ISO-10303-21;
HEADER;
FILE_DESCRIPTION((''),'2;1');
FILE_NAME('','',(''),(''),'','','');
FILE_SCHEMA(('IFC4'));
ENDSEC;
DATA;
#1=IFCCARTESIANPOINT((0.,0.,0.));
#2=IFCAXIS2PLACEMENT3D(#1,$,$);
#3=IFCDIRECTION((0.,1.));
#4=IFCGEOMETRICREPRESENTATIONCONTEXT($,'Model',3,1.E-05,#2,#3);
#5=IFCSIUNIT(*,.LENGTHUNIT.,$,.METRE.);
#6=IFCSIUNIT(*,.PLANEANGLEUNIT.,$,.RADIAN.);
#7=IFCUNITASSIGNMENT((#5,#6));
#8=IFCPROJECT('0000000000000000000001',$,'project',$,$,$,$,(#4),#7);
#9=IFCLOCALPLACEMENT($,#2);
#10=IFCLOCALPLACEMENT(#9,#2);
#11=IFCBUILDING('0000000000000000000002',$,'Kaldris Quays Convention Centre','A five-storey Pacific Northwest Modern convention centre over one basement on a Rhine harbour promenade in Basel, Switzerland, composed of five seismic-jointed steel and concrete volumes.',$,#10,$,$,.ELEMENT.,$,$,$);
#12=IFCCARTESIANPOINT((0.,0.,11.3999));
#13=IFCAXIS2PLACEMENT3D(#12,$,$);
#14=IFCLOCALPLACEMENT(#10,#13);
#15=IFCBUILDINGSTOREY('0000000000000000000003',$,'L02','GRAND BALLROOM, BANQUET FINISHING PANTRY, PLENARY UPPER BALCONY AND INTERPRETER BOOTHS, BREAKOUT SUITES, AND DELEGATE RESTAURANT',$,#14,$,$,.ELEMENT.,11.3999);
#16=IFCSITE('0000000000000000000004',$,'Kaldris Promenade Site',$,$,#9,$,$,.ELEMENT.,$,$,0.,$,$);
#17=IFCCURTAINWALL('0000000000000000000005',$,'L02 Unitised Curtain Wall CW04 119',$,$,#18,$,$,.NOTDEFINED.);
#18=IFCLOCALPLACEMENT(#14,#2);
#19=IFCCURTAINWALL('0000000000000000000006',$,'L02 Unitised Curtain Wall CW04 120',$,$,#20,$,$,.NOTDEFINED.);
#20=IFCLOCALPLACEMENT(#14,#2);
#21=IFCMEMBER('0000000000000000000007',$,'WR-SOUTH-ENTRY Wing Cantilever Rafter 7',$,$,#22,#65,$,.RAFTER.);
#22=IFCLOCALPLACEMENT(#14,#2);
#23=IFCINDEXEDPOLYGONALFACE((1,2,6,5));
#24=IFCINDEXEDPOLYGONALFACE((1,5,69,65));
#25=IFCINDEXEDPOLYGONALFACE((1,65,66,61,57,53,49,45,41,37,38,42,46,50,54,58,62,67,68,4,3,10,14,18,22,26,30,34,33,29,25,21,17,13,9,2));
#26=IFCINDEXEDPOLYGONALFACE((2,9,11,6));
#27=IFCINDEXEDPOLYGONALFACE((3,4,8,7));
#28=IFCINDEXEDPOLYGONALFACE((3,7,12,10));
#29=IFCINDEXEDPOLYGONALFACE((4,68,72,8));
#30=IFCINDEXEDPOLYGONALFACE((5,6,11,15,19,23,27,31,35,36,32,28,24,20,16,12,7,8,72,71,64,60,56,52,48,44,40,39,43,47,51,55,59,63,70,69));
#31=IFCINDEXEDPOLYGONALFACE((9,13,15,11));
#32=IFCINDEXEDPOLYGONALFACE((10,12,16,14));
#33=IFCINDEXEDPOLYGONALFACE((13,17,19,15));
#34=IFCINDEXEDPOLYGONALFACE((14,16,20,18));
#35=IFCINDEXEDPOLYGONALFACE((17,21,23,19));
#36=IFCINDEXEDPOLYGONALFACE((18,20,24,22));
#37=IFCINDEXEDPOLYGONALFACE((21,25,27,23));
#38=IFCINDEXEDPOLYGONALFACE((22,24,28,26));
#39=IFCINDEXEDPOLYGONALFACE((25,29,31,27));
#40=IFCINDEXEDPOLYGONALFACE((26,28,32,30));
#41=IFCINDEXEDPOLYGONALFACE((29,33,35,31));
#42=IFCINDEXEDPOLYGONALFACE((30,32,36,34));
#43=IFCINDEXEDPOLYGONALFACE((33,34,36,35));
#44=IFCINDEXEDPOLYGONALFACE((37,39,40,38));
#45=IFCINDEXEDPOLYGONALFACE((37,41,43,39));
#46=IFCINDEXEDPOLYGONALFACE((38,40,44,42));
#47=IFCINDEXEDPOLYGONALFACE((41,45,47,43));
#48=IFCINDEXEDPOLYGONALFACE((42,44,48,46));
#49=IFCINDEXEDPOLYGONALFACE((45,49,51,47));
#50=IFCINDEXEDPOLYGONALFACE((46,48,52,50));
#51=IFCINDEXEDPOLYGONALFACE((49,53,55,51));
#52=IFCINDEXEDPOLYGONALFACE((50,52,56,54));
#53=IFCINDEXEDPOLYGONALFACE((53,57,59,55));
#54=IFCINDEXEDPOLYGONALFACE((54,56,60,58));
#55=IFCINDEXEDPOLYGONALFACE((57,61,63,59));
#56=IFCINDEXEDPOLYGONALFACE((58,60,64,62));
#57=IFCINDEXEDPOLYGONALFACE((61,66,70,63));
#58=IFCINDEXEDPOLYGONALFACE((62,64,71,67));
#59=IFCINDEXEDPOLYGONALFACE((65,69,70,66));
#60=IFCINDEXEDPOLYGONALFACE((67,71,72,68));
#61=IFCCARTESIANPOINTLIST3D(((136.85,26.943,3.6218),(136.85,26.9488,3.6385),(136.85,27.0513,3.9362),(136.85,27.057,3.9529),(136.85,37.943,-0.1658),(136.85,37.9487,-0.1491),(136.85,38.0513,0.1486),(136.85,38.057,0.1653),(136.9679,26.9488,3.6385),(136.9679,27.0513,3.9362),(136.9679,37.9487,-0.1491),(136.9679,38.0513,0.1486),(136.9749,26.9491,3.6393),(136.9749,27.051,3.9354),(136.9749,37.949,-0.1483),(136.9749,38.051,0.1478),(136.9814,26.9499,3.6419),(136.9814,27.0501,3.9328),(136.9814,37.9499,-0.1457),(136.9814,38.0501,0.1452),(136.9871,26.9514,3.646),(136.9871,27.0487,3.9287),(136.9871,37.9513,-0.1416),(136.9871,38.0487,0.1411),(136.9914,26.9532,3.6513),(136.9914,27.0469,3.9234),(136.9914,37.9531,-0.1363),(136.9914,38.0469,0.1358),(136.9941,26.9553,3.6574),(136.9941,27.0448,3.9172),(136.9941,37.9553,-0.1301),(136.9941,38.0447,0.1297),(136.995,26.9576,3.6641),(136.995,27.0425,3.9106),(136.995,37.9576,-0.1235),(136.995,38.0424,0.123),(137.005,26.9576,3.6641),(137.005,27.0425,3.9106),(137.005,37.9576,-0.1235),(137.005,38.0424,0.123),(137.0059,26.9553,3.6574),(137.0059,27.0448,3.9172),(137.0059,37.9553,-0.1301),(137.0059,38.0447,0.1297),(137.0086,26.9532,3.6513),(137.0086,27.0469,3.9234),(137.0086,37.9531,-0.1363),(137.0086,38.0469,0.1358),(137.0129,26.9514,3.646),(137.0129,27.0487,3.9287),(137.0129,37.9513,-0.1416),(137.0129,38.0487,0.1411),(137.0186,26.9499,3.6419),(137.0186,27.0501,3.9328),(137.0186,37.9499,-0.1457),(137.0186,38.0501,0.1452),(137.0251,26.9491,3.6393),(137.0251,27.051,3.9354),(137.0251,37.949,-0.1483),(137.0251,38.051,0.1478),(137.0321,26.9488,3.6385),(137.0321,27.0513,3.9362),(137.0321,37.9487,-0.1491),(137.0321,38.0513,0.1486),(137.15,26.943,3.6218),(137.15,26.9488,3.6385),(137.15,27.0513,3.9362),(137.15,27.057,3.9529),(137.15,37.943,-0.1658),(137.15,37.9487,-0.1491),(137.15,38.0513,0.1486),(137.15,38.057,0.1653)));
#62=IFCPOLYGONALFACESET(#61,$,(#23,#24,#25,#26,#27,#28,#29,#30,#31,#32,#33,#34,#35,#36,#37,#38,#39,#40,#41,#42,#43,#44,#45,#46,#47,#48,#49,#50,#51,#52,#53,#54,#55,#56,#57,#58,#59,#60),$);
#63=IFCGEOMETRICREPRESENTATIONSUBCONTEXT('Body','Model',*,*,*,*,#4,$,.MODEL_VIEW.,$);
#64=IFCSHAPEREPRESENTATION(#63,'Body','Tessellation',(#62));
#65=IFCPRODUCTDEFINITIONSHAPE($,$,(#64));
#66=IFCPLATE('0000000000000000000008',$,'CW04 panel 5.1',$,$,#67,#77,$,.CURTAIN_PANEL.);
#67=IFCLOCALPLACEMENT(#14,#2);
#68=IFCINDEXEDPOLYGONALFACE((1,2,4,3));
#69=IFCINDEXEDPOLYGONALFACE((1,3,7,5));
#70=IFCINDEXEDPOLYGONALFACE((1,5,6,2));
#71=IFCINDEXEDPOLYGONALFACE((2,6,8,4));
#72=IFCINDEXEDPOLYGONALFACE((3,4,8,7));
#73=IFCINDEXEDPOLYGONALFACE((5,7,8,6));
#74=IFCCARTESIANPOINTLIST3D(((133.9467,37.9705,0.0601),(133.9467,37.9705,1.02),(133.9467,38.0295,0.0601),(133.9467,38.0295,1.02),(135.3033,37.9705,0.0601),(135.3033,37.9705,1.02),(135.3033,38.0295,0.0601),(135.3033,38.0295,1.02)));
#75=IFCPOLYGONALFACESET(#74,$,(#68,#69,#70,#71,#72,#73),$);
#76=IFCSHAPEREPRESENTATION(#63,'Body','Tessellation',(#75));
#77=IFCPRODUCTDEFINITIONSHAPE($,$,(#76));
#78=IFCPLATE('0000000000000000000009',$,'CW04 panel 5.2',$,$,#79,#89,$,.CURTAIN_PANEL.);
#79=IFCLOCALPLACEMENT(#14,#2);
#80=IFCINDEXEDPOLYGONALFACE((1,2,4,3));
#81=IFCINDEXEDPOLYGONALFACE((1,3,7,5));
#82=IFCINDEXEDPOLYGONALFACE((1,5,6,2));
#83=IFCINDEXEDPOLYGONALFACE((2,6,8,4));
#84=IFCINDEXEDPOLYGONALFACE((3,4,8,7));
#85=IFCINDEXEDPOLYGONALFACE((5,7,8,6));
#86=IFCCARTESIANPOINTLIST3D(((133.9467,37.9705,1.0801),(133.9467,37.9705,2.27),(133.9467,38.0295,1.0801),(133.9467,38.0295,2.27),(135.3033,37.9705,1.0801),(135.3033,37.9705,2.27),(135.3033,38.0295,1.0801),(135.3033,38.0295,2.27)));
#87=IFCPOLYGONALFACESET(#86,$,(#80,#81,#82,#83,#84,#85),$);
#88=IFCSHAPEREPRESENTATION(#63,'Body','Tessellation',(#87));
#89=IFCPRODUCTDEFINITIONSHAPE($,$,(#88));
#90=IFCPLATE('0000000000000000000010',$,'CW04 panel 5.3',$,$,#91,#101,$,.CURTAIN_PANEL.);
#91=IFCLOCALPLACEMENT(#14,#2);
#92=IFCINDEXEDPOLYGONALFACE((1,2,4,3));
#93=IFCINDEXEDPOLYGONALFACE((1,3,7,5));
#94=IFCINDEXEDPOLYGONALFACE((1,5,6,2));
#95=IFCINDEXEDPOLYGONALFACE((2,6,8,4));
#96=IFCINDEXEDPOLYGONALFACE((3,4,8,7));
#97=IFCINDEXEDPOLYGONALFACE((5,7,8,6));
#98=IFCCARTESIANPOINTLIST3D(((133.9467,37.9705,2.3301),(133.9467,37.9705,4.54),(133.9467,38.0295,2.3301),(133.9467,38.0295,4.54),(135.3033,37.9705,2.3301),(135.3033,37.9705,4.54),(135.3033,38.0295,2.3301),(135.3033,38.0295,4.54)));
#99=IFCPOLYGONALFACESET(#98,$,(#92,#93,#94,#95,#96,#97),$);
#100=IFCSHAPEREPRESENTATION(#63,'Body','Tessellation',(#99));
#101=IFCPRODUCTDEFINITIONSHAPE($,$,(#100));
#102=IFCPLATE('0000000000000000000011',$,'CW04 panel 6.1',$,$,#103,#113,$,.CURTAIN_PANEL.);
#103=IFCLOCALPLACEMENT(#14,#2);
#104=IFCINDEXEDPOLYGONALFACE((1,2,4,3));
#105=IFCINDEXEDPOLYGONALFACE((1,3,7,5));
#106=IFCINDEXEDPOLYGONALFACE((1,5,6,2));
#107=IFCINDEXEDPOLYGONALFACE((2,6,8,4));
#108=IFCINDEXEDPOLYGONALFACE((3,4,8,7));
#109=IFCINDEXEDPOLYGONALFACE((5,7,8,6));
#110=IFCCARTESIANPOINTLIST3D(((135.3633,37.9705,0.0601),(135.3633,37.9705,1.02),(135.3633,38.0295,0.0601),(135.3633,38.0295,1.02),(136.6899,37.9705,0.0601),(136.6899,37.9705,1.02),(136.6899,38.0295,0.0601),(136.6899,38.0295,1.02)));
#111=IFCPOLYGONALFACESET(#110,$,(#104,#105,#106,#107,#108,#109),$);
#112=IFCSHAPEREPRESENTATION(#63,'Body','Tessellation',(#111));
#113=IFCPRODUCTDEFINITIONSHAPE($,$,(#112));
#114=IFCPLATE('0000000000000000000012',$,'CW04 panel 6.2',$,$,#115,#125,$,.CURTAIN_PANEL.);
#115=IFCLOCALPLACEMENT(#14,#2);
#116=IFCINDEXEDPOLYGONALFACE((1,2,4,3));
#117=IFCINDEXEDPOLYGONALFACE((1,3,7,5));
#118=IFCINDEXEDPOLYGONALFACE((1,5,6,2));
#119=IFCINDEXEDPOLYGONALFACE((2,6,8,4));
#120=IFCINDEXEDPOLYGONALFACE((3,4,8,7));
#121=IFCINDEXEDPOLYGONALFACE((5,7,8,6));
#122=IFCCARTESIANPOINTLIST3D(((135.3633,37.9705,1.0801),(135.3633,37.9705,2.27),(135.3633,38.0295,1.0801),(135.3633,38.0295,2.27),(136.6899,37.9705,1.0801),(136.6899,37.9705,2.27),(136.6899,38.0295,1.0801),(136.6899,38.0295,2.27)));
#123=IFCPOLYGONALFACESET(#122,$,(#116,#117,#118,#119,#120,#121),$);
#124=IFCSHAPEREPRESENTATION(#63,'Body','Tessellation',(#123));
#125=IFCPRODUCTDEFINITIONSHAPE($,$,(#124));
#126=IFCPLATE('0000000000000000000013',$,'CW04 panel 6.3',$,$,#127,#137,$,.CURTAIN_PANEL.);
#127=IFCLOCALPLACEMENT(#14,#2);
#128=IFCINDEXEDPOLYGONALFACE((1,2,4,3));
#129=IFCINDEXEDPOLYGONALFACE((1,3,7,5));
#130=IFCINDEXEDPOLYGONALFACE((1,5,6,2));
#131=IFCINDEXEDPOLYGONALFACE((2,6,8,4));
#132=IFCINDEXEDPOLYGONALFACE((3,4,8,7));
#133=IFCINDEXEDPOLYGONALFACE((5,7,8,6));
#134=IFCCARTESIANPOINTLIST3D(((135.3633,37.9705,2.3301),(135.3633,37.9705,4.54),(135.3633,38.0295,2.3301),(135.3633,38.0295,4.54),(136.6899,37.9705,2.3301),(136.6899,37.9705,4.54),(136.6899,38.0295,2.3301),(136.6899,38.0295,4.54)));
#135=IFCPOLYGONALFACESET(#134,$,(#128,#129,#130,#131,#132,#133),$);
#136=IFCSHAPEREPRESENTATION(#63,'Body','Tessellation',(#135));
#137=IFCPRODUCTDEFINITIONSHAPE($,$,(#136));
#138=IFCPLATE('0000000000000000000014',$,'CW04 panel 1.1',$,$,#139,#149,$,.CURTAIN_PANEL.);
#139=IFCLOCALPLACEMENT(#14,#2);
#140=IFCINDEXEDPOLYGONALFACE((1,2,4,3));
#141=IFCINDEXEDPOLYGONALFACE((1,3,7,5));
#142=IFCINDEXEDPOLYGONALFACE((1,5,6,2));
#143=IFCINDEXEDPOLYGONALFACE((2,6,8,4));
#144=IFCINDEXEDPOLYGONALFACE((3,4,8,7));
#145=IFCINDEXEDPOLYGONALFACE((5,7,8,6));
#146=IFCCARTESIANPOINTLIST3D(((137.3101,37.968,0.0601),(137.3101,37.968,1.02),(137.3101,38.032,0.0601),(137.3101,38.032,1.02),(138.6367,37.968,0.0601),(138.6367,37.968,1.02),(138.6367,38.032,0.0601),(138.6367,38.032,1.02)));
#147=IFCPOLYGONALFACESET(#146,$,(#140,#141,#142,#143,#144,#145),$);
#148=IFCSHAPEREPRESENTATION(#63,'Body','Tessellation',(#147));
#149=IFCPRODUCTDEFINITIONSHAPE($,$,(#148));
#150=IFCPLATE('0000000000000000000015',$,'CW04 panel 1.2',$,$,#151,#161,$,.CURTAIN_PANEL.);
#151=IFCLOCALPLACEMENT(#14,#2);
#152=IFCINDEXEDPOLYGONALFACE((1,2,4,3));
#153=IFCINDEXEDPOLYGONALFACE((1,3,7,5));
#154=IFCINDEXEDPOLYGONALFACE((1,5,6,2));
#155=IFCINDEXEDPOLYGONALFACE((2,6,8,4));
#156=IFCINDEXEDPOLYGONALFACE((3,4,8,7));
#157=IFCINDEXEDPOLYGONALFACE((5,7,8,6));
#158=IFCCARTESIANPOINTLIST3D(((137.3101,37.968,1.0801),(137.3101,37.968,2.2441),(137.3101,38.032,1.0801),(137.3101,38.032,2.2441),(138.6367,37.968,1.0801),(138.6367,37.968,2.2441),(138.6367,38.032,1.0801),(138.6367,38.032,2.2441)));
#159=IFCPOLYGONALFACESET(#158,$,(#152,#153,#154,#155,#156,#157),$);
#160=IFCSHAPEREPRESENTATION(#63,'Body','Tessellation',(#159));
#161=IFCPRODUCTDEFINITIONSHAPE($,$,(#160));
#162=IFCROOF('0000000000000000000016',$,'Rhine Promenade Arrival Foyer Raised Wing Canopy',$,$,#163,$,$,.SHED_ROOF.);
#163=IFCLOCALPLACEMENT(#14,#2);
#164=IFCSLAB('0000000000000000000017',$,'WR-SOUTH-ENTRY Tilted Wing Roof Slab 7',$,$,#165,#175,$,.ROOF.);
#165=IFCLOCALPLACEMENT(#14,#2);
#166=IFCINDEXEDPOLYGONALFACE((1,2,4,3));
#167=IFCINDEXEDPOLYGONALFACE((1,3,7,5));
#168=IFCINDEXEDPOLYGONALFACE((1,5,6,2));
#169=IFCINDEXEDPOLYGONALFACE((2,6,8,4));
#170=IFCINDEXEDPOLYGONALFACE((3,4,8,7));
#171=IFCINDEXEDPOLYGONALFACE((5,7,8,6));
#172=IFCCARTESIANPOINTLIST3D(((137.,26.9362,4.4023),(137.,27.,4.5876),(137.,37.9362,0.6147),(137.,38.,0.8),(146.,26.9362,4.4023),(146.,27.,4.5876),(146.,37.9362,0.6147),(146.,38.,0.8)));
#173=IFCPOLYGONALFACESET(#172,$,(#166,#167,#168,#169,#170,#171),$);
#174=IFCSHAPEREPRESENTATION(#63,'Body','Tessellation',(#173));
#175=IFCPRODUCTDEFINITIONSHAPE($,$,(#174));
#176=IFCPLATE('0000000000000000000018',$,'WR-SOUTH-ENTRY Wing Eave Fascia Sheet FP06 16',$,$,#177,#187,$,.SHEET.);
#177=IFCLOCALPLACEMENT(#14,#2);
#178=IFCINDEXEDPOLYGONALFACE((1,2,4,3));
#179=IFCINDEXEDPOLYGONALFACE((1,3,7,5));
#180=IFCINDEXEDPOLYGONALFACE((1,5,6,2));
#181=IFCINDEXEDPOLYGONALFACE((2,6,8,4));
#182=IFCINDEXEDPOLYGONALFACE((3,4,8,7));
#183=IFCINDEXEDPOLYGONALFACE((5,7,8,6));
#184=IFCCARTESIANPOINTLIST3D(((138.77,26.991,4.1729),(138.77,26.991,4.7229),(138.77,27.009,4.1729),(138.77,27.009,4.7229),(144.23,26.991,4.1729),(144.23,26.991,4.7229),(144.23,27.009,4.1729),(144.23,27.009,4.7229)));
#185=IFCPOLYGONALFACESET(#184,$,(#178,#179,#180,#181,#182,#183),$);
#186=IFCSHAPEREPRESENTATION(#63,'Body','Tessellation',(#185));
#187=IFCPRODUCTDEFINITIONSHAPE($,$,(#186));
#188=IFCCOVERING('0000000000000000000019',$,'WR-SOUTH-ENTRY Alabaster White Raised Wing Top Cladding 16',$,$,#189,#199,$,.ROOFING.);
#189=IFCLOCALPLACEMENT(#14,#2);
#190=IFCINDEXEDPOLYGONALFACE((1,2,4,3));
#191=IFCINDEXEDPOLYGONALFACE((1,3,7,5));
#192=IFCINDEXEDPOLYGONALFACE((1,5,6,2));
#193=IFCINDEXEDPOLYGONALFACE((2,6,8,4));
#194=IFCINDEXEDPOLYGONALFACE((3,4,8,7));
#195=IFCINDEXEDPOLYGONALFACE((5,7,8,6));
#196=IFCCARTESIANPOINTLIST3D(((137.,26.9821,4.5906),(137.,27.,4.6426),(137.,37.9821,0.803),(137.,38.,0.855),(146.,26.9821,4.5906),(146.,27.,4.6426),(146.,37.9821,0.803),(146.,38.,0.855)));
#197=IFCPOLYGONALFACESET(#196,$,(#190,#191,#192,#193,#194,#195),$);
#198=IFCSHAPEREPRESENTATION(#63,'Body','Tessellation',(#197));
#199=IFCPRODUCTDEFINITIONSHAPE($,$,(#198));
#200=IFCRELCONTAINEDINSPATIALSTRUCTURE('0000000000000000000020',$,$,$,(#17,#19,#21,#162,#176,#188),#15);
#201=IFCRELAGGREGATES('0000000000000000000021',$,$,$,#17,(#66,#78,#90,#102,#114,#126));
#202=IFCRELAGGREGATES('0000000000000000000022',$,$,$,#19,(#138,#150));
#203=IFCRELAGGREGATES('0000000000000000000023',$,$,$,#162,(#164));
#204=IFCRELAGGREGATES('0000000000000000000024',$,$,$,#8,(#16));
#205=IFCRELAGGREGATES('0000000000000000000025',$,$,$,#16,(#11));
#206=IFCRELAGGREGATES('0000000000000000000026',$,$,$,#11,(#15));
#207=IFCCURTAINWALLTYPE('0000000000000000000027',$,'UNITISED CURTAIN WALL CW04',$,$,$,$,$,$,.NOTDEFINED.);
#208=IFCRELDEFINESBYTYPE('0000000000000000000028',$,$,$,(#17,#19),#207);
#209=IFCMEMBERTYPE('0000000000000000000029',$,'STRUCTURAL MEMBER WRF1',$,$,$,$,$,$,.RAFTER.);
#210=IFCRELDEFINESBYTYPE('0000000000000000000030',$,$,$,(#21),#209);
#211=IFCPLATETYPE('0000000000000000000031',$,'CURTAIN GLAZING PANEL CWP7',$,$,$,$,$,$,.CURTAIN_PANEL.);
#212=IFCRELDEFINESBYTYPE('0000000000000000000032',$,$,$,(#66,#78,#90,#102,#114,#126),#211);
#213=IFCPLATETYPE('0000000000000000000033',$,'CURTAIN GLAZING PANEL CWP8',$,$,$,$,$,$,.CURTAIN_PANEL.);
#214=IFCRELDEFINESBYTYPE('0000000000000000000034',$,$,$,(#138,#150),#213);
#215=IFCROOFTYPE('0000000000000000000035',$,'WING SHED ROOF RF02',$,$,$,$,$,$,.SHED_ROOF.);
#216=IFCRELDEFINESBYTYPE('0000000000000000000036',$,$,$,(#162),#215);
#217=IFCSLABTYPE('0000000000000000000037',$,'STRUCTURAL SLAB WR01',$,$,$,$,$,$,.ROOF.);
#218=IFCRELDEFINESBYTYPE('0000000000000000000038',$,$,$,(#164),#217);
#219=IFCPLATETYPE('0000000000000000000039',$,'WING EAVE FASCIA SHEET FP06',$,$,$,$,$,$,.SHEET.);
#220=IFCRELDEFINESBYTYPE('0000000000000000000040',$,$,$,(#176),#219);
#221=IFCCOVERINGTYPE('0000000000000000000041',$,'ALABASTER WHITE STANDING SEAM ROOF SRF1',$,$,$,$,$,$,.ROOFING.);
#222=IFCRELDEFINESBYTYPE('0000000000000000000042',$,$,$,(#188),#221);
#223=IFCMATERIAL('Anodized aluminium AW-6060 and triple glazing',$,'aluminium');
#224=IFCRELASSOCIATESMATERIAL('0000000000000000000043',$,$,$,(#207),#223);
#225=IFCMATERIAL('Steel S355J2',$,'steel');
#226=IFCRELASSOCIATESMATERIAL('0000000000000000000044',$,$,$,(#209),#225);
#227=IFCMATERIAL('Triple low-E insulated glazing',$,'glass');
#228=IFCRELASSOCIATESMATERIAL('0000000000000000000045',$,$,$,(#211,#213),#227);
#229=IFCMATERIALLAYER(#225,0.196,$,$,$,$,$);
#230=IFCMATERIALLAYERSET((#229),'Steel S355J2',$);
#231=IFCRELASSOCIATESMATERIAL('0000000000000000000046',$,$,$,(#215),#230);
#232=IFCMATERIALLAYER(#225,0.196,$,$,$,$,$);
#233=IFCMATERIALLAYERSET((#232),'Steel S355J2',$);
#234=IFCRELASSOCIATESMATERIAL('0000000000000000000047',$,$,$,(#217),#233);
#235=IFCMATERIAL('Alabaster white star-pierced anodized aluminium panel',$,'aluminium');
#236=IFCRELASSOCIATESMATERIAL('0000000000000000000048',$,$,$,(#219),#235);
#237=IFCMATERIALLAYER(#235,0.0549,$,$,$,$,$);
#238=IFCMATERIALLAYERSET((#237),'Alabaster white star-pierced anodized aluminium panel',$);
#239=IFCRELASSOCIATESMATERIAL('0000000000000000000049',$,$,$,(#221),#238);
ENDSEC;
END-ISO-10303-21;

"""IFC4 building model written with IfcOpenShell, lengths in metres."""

from ifc_helpers import new_model, si_unit, direction, frame, origin, origin_2d, place, context, subcontext, project, spatial, polyline, rectangle, i_section, outline, extrude, material, layer, layer_set, material_profile, profile_set, type_object, element, aggregate, save


model = new_model("IFC4")

# Units and contexts
model_context = context("Model", 3, precision=1e-05, world=origin(), true_north=direction((0.0, 1.0)))
body_context = subcontext(model_context, "Body", "Model", "MODEL_VIEW")
ifc_project = project(units=[si_unit("LENGTHUNIT", "METRE"), si_unit("PLANEANGLEUNIT", "RADIAN")], contexts=[model_context])

# Site, building, storey
site_placement = place(None, origin())
site = spatial("IfcSite", under=ifc_project, at=site_placement, Name="Kaldris Promenade Site", CompositionType="ELEMENT", RefElevation=0.0)
building_placement = place(site_placement, origin())
building = spatial("IfcBuilding", under=site, at=building_placement, Name="Kaldris Quays Convention Centre", Description="A five-storey Pacific Northwest Modern convention centre over one basement on a Rhine harbour promenade in Basel, Switzerland, composed of five seismic-jointed steel and concrete volumes.", CompositionType="ELEMENT")
storey_placement = place(building_placement, frame((0.0, 0.0, 11.3999)))
storey = spatial("IfcBuildingStorey", under=building, at=storey_placement, Name="L02", Description="GRAND BALLROOM, BANQUET FINISHING PANTRY, PLENARY UPPER BALCONY AND INTERPRETER BOOTHS, BREAKOUT SUITES, AND DELEGATE RESTAURANT", CompositionType="ELEMENT", Elevation=11.3999)

# Shared definitions
ifc_material_1 = material(Name="Steel S355J2", Category="steel")

# Curtain wall
ifc_material_2 = material(Name="Anodized aluminium AW-6060 and triple glazing", Category="aluminium")
curtain_wall_type = type_object("IfcCurtainWallType", Name="UNITISED CURTAIN WALL CW04", PredefinedType="NOTDEFINED", material=ifc_material_2)
curtain_wall_1_placement = place(storey_placement, origin())
curtain_wall_1 = element("IfcCurtainWall", 1, at=curtain_wall_1_placement, inside=storey, type_object=curtain_wall_type, Name="L02 Unitised Curtain Wall CW04 119", PredefinedType="NOTDEFINED")

# Curtain wall
curtain_wall_2_placement = place(storey_placement, origin())
curtain_wall_2 = element("IfcCurtainWall", 2, at=curtain_wall_2_placement, inside=storey, type_object=curtain_wall_type, Name="L02 Unitised Curtain Wall CW04 120", PredefinedType="NOTDEFINED")

# Member
ifc_material_profile_1 = material_profile(ifc_material_1, i_section(OverallWidth=0.3, OverallDepth=0.3501, WebThickness=0.01, FlangeThickness=0.0176, FilletRadius=0.0271, at=origin_2d()), Name="HEA 360")
ifc_profile_set_1 = profile_set([ifc_material_profile_1], Name="Steel S355J2")
member_type_1 = type_object("IfcMemberType", Name="STRUCTURAL MEMBER WRF1", PredefinedType="RAFTER", material=ifc_profile_set_1)
member_1_placement = place(storey_placement, frame((137.0, 38.0, -0.0002), z_axis=(0.0, -0.945519, 0.325568), x_axis=(1.0, 0.0, 0.0)))
element("IfcMember", 3, at=member_1_placement, inside=storey, type_object=member_type_1, Name="WR-SOUTH-ENTRY Wing Cantilever Rafter 7", PredefinedType="RAFTER", context=body_context, shape_type="SweptSolid", body=[
    extrude(i_section(OverallWidth=0.3, OverallDepth=0.3501, WebThickness=0.01, FlangeThickness=0.0176, FilletRadius=0.0271, at=origin_2d()), origin(), (0.0, 0.0, 1.0), 11.6338),
])

# Plates
ifc_material_3 = material(Name="Triple low-E insulated glazing", Category="glass")
plate_type_1 = type_object("IfcPlateType", Name="CURTAIN GLAZING PANEL CWP7", PredefinedType="CURTAIN_PANEL", material=ifc_material_3)
plate_1_placement = place(storey_placement, frame((134.625, 38.0, 0.0601), z_axis=(0.0, 0.0, 1.0), x_axis=(1.0, 0.0, 0.0)))
plate_1 = element("IfcPlate", 4, at=plate_1_placement, type_object=plate_type_1, Name="CW04 panel 5.1", PredefinedType="CURTAIN_PANEL", context=body_context, shape_type="SweptSolid", body=[
    extrude(rectangle(XDim=1.3567, YDim=0.0591, at=origin_2d()), origin(), (0.0, 0.0, 1.0), 0.96),
])
plate_2_placement = place(storey_placement, frame((134.625, 38.0, 1.0801), z_axis=(0.0, 0.0, 1.0), x_axis=(1.0, 0.0, 0.0)))
plate_2 = element("IfcPlate", 5, at=plate_2_placement, type_object=plate_type_1, Name="CW04 panel 5.2", PredefinedType="CURTAIN_PANEL", context=body_context, shape_type="SweptSolid", body=[
    extrude(rectangle(XDim=1.3567, YDim=0.0591, at=origin_2d()), origin(), (0.0, 0.0, 1.0), 1.1899),
])
plate_3_placement = place(storey_placement, frame((134.625, 38.0, 2.3301), z_axis=(0.0, 0.0, 1.0), x_axis=(1.0, 0.0, 0.0)))
plate_3 = element("IfcPlate", 6, at=plate_3_placement, type_object=plate_type_1, Name="CW04 panel 5.3", PredefinedType="CURTAIN_PANEL", context=body_context, shape_type="SweptSolid", body=[
    extrude(rectangle(XDim=1.3567, YDim=0.0591, at=origin_2d()), origin(), (0.0, 0.0, 1.0), 2.21),
])
plate_4_placement = place(storey_placement, frame((136.0266, 38.0, 0.0601), z_axis=(0.0, 0.0, 1.0), x_axis=(1.0, 0.0, 0.0)))
plate_4 = element("IfcPlate", 7, at=plate_4_placement, type_object=plate_type_1, Name="CW04 panel 6.1", PredefinedType="CURTAIN_PANEL", context=body_context, shape_type="SweptSolid", body=[
    extrude(rectangle(XDim=1.3267, YDim=0.0591, at=origin_2d()), origin(), (0.0, 0.0, 1.0), 0.96),
])
plate_5_placement = place(storey_placement, frame((136.0266, 38.0, 1.0801), z_axis=(0.0, 0.0, 1.0), x_axis=(1.0, 0.0, 0.0)))
plate_5 = element("IfcPlate", 8, at=plate_5_placement, type_object=plate_type_1, Name="CW04 panel 6.2", PredefinedType="CURTAIN_PANEL", context=body_context, shape_type="SweptSolid", body=[
    extrude(rectangle(XDim=1.3267, YDim=0.0591, at=origin_2d()), origin(), (0.0, 0.0, 1.0), 1.1899),
])
plate_6_placement = place(storey_placement, frame((136.0266, 38.0, 2.3301), z_axis=(0.0, 0.0, 1.0), x_axis=(1.0, 0.0, 0.0)))
plate_6 = element("IfcPlate", 9, at=plate_6_placement, type_object=plate_type_1, Name="CW04 panel 6.3", PredefinedType="CURTAIN_PANEL", context=body_context, shape_type="SweptSolid", body=[
    extrude(rectangle(XDim=1.3267, YDim=0.0591, at=origin_2d()), origin(), (0.0, 0.0, 1.0), 2.21),
])
aggregate(curtain_wall_1, [plate_1, plate_2, plate_3, plate_4, plate_5, plate_6])
plate_type_2 = type_object("IfcPlateType", Name="CURTAIN GLAZING PANEL CWP8", PredefinedType="CURTAIN_PANEL", material=ifc_material_3)
plate_7_placement = place(storey_placement, frame((137.9734, 38.0, 0.0601), z_axis=(0.0, 0.0, 1.0), x_axis=(1.0, 0.0, 0.0)))
plate_7 = element("IfcPlate", 10, at=plate_7_placement, type_object=plate_type_2, Name="CW04 panel 1.1", PredefinedType="CURTAIN_PANEL", context=body_context, shape_type="SweptSolid", body=[
    extrude(rectangle(XDim=1.3267, YDim=0.064, at=origin_2d()), origin(), (0.0, 0.0, 1.0), 0.96),
])
plate_8_placement = place(storey_placement, frame((137.9734, 38.0, 1.0801), z_axis=(0.0, 0.0, 1.0), x_axis=(1.0, 0.0, 0.0)))
plate_8 = element("IfcPlate", 11, at=plate_8_placement, type_object=plate_type_2, Name="CW04 panel 1.2", PredefinedType="CURTAIN_PANEL", context=body_context, shape_type="SweptSolid", body=[
    extrude(rectangle(XDim=1.3267, YDim=0.064, at=origin_2d()), origin(), (0.0, 0.0, 1.0), 1.1641),
])
aggregate(curtain_wall_2, [plate_7, plate_8])

# Roof, slab
ifc_layer_1 = layer(ifc_material_1, 0.196)
ifc_layer_set_1 = layer_set([ifc_layer_1], Name="Steel S355J2")
roof_type = type_object("IfcRoofType", Name="WING SHED ROOF RF02", PredefinedType="SHED_ROOF", material=ifc_layer_set_1)
roof_placement = place(storey_placement, origin())
roof = element("IfcRoof", 12, at=roof_placement, inside=storey, type_object=roof_type, Name="Rhine Promenade Arrival Foyer Raised Wing Canopy", PredefinedType="SHED_ROOF")
ifc_layer_2 = layer(ifc_material_1, 0.196)
ifc_layer_set_2 = layer_set([ifc_layer_2], Name="Steel S355J2")
slab_type = type_object("IfcSlabType", Name="STRUCTURAL SLAB WR01", PredefinedType="ROOF", material=ifc_layer_set_2)
slab_placement = place(storey_placement, frame((137.0, 27.0, 4.5876), z_axis=(0.0, 0.325568, 0.945519), x_axis=(1.0, 0.0, 0.0)))
slab = element("IfcSlab", 13, at=slab_placement, type_object=slab_type, Name="WR-SOUTH-ENTRY Tilted Wing Roof Slab 7", PredefinedType="ROOF", context=body_context, shape_type="SweptSolid", body=[
    extrude(outline(polyline([(0.0, 0.0), (9.0, 0.0), (9.0, 11.6338), (0.0, 11.6338), (0.0, 0.0)])), origin(), (0.0, 0.0, -1.0), 0.196),
])
aggregate(roof, [slab])

# Plate
ifc_material_4 = material(Name="Alabaster white star-pierced anodized aluminium panel", Category="aluminium")
plate_type_3 = type_object("IfcPlateType", Name="WING EAVE FASCIA SHEET FP06", PredefinedType="SHEET", material=ifc_material_4)
plate_9_placement = place(storey_placement, frame((141.5, 27.0, 4.1729), z_axis=(0.0, 0.0, 1.0), x_axis=(1.0, 0.0, 0.0)))
element("IfcPlate", 14, at=plate_9_placement, inside=storey, type_object=plate_type_3, Name="WR-SOUTH-ENTRY Wing Eave Fascia Sheet FP06 16", PredefinedType="SHEET", context=body_context, shape_type="SweptSolid", body=[
    extrude(rectangle(XDim=5.46, YDim=0.0181, at=origin_2d()), origin(), (0.0, 0.0, 1.0), 0.55),
])

# Covering
ifc_layer_3 = layer(ifc_material_4, 0.0549)
ifc_layer_set_3 = layer_set([ifc_layer_3], Name="Alabaster white star-pierced anodized aluminium panel")
covering_type_1 = type_object("IfcCoveringType", Name="ALABASTER WHITE STANDING SEAM ROOF SRF1", PredefinedType="ROOFING", material=ifc_layer_set_3)
covering_1_placement = place(storey_placement, frame((137.0, 27.0, 4.6426), z_axis=(0.0, 0.325568, 0.945519), x_axis=(1.0, 0.0, 0.0)))
element("IfcCovering", 15, at=covering_1_placement, inside=storey, type_object=covering_type_1, Name="WR-SOUTH-ENTRY Alabaster White Raised Wing Top Cladding 16", PredefinedType="ROOFING", context=body_context, shape_type="SweptSolid", body=[
    extrude(outline(polyline([(0.0, 0.0), (9.0, 0.0), (9.0, 11.6338), (0.0, 11.6338), (0.0, 0.0)])), origin(), (0.0, 0.0, -1.0), 0.0549),
])

save(model, "model.ifc")
